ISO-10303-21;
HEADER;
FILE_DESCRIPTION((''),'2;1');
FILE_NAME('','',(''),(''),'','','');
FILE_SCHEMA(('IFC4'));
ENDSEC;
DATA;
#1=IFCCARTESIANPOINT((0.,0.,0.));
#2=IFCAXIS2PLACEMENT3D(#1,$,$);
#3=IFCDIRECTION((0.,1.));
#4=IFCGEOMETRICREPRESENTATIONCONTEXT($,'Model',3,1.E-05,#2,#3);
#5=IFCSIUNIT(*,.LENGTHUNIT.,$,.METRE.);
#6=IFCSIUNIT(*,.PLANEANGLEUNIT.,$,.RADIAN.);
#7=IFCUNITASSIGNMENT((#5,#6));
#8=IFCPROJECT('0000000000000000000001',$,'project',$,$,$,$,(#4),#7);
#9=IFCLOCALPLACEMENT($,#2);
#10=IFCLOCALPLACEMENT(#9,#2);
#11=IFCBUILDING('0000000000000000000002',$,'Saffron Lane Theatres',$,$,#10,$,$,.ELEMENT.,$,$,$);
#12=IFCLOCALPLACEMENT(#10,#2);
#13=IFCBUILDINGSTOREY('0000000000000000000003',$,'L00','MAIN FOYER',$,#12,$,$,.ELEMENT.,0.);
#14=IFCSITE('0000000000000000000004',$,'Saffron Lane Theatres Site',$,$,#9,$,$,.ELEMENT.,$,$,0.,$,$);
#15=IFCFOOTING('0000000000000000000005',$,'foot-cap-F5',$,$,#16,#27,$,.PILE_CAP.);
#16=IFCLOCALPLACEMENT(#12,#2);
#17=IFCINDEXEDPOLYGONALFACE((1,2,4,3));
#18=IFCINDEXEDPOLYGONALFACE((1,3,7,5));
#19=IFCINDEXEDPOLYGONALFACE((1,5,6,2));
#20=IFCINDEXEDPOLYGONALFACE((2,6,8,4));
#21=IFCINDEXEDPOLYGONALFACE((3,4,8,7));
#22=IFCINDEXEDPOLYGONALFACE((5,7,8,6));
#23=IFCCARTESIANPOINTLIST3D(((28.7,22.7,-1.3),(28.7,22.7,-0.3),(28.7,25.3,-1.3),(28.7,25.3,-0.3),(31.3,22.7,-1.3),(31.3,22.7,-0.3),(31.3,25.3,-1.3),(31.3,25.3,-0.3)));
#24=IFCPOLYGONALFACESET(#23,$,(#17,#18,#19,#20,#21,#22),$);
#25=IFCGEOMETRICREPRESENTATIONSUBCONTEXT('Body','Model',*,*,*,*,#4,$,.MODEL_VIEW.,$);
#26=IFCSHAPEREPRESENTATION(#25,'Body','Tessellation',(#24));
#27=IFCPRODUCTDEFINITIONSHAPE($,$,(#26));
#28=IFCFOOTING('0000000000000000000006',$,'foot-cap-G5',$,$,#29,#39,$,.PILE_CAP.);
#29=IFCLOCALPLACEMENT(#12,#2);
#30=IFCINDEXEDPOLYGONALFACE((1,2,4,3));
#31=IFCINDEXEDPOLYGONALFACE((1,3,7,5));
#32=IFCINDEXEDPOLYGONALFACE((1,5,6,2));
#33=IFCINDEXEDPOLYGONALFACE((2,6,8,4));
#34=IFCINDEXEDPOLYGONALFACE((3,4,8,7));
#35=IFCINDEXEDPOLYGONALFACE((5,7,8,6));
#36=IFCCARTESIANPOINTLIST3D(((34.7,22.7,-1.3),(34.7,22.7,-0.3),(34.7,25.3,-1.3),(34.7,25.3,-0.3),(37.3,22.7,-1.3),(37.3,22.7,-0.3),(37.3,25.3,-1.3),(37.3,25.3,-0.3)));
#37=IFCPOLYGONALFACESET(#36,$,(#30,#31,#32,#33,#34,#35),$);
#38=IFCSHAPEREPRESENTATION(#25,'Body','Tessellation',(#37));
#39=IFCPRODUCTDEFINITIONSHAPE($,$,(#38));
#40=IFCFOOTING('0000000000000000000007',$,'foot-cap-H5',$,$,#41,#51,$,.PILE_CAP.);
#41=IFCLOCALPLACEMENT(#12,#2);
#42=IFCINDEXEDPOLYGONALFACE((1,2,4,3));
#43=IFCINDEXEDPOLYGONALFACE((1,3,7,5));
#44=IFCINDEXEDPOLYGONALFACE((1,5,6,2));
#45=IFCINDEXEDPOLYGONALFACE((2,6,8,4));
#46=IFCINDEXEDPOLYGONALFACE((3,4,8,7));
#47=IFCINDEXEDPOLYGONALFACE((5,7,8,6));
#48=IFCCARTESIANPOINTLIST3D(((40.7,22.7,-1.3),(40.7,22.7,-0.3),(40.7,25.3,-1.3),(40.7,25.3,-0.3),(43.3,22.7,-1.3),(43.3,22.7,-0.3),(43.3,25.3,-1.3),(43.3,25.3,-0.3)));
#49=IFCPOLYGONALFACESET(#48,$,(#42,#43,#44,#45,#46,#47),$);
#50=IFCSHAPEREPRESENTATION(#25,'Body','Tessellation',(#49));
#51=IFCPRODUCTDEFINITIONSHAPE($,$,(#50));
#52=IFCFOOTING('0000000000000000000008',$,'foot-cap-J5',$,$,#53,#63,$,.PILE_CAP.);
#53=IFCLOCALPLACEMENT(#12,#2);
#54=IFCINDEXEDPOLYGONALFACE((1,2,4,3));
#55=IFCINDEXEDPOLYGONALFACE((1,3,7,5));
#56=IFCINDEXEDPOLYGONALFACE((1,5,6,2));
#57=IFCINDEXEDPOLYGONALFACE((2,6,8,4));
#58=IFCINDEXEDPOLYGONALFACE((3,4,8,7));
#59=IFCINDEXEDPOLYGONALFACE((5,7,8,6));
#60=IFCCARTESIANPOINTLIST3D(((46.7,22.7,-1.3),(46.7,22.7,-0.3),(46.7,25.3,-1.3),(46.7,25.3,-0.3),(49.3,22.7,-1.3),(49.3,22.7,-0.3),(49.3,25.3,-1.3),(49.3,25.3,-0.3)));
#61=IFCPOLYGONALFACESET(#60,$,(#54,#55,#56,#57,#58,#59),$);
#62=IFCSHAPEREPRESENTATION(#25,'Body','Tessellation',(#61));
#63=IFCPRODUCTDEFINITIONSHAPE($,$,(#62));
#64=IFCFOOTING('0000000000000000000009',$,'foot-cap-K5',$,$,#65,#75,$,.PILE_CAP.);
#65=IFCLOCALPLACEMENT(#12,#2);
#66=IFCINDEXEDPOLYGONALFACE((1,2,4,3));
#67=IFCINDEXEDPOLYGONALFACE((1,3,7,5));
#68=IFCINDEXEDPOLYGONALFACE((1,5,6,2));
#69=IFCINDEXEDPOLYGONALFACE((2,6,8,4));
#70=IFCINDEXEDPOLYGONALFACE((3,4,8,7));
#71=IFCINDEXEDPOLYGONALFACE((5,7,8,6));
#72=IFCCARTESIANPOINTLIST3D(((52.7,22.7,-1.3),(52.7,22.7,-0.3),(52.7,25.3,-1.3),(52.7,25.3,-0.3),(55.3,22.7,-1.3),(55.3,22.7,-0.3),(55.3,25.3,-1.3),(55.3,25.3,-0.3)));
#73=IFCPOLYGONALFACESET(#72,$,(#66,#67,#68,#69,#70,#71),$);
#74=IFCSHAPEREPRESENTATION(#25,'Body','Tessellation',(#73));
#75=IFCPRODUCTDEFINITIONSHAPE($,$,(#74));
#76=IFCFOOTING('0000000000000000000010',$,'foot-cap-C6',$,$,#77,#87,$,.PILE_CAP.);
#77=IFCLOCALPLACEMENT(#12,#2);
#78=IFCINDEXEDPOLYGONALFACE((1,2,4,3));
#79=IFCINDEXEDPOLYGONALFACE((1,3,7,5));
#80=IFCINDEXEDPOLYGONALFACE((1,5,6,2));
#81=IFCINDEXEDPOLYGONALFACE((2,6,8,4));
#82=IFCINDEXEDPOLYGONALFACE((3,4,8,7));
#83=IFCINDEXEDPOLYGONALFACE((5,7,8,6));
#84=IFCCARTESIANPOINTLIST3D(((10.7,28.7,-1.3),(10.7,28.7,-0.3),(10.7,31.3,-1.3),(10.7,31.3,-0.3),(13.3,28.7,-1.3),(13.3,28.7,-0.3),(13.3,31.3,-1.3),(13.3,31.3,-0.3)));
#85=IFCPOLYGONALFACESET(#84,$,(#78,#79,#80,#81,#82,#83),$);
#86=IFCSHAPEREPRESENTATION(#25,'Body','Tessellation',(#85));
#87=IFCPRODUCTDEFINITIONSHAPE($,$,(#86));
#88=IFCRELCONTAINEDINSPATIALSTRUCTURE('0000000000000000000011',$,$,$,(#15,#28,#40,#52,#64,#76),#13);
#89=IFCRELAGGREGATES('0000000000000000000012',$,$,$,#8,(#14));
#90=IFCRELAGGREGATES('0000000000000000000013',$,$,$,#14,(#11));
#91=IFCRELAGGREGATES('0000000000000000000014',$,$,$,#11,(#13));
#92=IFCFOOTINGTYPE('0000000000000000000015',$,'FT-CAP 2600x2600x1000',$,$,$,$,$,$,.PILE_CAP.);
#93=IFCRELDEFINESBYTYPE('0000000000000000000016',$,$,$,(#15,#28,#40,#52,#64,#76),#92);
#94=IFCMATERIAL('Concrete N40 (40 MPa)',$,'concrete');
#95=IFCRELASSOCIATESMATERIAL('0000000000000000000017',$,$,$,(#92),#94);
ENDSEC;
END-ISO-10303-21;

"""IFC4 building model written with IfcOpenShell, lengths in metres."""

from ifc_helpers import new_model, si_unit, direction, frame, origin, place, context, subcontext, project, spatial, polyline, outline, extrude, material, type_object, element, save


model = new_model("IFC4")

# Units and contexts
model_context = context("Model", 3, precision=1e-05, world=origin(), true_north=direction((0.0, 1.0)))
body_context = subcontext(model_context, "Body", "Model", "MODEL_VIEW")
ifc_project = project(units=[si_unit("LENGTHUNIT", "METRE"), si_unit("PLANEANGLEUNIT", "RADIAN")], contexts=[model_context])

# Site, building, storey
site_placement = place(None, origin())
site = spatial("IfcSite", under=ifc_project, at=site_placement, Name="Saffron Lane Theatres Site", CompositionType="ELEMENT", RefElevation=0.0)
building_placement = place(site_placement, origin())
building = spatial("IfcBuilding", under=site, at=building_placement, Name="Saffron Lane Theatres", CompositionType="ELEMENT")
storey_placement = place(building_placement, origin())
storey = spatial("IfcBuildingStorey", under=building, at=storey_placement, Name="L00", Description="MAIN FOYER", CompositionType="ELEMENT", Elevation=0.0)

# Footings
ifc_material_1 = material(Name="Concrete N40 (40 MPa)", Category="concrete")
footing_type_1 = type_object("IfcFootingType", Name="FT-CAP 2600x2600x1000", PredefinedType="PILE_CAP", material=ifc_material_1)
footing_1_placement = place(storey_placement, frame((0.0, 0.0, -1.3)))
element("IfcFooting", 1, at=footing_1_placement, inside=storey, type_object=footing_type_1, Name="foot-cap-F5", PredefinedType="PILE_CAP", context=body_context, shape_type="SweptSolid", body=[
    extrude(outline(polyline([(28.7, 22.7), (31.3, 22.7), (31.3, 25.3), (28.7, 25.3), (28.7, 22.7)])), origin(), (0.0, 0.0, 1.0), 1.0),
])
footing_2_placement = place(storey_placement, frame((0.0, 0.0, -1.3)))
element("IfcFooting", 2, at=footing_2_placement, inside=storey, type_object=footing_type_1, Name="foot-cap-G5", PredefinedType="PILE_CAP", context=body_context, shape_type="SweptSolid", body=[
    extrude(outline(polyline([(34.7, 22.7), (37.3, 22.7), (37.3, 25.3), (34.7, 25.3), (34.7, 22.7)])), origin(), (0.0, 0.0, 1.0), 1.0),
])
footing_3_placement = place(storey_placement, frame((0.0, 0.0, -1.3)))
element("IfcFooting", 3, at=footing_3_placement, inside=storey, type_object=footing_type_1, Name="foot-cap-H5", PredefinedType="PILE_CAP", context=body_context, shape_type="SweptSolid", body=[
    extrude(outline(polyline([(40.7, 22.7), (43.3, 22.7), (43.3, 25.3), (40.7, 25.3), (40.7, 22.7)])), origin(), (0.0, 0.0, 1.0), 1.0),
])
footing_4_placement = place(storey_placement, frame((0.0, 0.0, -1.3)))
element("IfcFooting", 4, at=footing_4_placement, inside=storey, type_object=footing_type_1, Name="foot-cap-J5", PredefinedType="PILE_CAP", context=body_context, shape_type="SweptSolid", body=[
    extrude(outline(polyline([(46.7, 22.7), (49.3, 22.7), (49.3, 25.3), (46.7, 25.3), (46.7, 22.7)])), origin(), (0.0, 0.0, 1.0), 1.0),
])
footing_5_placement = place(storey_placement, frame((0.0, 0.0, -1.3)))
element("IfcFooting", 5, at=footing_5_placement, inside=storey, type_object=footing_type_1, Name="foot-cap-K5", PredefinedType="PILE_CAP", context=body_context, shape_type="SweptSolid", body=[
    extrude(outline(polyline([(52.7, 22.7), (55.3, 22.7), (55.3, 25.3), (52.7, 25.3), (52.7, 22.7)])), origin(), (0.0, 0.0, 1.0), 1.0),
])
footing_6_placement = place(storey_placement, frame((0.0, 0.0, -1.3)))
element("IfcFooting", 6, at=footing_6_placement, inside=storey, type_object=footing_type_1, Name="foot-cap-C6", PredefinedType="PILE_CAP", context=body_context, shape_type="SweptSolid", body=[
    extrude(outline(polyline([(10.7, 28.7), (13.3, 28.7), (13.3, 31.3), (10.7, 31.3), (10.7, 28.7)])), origin(), (0.0, 0.0, 1.0), 1.0),
])

save(model, "model.ifc")
